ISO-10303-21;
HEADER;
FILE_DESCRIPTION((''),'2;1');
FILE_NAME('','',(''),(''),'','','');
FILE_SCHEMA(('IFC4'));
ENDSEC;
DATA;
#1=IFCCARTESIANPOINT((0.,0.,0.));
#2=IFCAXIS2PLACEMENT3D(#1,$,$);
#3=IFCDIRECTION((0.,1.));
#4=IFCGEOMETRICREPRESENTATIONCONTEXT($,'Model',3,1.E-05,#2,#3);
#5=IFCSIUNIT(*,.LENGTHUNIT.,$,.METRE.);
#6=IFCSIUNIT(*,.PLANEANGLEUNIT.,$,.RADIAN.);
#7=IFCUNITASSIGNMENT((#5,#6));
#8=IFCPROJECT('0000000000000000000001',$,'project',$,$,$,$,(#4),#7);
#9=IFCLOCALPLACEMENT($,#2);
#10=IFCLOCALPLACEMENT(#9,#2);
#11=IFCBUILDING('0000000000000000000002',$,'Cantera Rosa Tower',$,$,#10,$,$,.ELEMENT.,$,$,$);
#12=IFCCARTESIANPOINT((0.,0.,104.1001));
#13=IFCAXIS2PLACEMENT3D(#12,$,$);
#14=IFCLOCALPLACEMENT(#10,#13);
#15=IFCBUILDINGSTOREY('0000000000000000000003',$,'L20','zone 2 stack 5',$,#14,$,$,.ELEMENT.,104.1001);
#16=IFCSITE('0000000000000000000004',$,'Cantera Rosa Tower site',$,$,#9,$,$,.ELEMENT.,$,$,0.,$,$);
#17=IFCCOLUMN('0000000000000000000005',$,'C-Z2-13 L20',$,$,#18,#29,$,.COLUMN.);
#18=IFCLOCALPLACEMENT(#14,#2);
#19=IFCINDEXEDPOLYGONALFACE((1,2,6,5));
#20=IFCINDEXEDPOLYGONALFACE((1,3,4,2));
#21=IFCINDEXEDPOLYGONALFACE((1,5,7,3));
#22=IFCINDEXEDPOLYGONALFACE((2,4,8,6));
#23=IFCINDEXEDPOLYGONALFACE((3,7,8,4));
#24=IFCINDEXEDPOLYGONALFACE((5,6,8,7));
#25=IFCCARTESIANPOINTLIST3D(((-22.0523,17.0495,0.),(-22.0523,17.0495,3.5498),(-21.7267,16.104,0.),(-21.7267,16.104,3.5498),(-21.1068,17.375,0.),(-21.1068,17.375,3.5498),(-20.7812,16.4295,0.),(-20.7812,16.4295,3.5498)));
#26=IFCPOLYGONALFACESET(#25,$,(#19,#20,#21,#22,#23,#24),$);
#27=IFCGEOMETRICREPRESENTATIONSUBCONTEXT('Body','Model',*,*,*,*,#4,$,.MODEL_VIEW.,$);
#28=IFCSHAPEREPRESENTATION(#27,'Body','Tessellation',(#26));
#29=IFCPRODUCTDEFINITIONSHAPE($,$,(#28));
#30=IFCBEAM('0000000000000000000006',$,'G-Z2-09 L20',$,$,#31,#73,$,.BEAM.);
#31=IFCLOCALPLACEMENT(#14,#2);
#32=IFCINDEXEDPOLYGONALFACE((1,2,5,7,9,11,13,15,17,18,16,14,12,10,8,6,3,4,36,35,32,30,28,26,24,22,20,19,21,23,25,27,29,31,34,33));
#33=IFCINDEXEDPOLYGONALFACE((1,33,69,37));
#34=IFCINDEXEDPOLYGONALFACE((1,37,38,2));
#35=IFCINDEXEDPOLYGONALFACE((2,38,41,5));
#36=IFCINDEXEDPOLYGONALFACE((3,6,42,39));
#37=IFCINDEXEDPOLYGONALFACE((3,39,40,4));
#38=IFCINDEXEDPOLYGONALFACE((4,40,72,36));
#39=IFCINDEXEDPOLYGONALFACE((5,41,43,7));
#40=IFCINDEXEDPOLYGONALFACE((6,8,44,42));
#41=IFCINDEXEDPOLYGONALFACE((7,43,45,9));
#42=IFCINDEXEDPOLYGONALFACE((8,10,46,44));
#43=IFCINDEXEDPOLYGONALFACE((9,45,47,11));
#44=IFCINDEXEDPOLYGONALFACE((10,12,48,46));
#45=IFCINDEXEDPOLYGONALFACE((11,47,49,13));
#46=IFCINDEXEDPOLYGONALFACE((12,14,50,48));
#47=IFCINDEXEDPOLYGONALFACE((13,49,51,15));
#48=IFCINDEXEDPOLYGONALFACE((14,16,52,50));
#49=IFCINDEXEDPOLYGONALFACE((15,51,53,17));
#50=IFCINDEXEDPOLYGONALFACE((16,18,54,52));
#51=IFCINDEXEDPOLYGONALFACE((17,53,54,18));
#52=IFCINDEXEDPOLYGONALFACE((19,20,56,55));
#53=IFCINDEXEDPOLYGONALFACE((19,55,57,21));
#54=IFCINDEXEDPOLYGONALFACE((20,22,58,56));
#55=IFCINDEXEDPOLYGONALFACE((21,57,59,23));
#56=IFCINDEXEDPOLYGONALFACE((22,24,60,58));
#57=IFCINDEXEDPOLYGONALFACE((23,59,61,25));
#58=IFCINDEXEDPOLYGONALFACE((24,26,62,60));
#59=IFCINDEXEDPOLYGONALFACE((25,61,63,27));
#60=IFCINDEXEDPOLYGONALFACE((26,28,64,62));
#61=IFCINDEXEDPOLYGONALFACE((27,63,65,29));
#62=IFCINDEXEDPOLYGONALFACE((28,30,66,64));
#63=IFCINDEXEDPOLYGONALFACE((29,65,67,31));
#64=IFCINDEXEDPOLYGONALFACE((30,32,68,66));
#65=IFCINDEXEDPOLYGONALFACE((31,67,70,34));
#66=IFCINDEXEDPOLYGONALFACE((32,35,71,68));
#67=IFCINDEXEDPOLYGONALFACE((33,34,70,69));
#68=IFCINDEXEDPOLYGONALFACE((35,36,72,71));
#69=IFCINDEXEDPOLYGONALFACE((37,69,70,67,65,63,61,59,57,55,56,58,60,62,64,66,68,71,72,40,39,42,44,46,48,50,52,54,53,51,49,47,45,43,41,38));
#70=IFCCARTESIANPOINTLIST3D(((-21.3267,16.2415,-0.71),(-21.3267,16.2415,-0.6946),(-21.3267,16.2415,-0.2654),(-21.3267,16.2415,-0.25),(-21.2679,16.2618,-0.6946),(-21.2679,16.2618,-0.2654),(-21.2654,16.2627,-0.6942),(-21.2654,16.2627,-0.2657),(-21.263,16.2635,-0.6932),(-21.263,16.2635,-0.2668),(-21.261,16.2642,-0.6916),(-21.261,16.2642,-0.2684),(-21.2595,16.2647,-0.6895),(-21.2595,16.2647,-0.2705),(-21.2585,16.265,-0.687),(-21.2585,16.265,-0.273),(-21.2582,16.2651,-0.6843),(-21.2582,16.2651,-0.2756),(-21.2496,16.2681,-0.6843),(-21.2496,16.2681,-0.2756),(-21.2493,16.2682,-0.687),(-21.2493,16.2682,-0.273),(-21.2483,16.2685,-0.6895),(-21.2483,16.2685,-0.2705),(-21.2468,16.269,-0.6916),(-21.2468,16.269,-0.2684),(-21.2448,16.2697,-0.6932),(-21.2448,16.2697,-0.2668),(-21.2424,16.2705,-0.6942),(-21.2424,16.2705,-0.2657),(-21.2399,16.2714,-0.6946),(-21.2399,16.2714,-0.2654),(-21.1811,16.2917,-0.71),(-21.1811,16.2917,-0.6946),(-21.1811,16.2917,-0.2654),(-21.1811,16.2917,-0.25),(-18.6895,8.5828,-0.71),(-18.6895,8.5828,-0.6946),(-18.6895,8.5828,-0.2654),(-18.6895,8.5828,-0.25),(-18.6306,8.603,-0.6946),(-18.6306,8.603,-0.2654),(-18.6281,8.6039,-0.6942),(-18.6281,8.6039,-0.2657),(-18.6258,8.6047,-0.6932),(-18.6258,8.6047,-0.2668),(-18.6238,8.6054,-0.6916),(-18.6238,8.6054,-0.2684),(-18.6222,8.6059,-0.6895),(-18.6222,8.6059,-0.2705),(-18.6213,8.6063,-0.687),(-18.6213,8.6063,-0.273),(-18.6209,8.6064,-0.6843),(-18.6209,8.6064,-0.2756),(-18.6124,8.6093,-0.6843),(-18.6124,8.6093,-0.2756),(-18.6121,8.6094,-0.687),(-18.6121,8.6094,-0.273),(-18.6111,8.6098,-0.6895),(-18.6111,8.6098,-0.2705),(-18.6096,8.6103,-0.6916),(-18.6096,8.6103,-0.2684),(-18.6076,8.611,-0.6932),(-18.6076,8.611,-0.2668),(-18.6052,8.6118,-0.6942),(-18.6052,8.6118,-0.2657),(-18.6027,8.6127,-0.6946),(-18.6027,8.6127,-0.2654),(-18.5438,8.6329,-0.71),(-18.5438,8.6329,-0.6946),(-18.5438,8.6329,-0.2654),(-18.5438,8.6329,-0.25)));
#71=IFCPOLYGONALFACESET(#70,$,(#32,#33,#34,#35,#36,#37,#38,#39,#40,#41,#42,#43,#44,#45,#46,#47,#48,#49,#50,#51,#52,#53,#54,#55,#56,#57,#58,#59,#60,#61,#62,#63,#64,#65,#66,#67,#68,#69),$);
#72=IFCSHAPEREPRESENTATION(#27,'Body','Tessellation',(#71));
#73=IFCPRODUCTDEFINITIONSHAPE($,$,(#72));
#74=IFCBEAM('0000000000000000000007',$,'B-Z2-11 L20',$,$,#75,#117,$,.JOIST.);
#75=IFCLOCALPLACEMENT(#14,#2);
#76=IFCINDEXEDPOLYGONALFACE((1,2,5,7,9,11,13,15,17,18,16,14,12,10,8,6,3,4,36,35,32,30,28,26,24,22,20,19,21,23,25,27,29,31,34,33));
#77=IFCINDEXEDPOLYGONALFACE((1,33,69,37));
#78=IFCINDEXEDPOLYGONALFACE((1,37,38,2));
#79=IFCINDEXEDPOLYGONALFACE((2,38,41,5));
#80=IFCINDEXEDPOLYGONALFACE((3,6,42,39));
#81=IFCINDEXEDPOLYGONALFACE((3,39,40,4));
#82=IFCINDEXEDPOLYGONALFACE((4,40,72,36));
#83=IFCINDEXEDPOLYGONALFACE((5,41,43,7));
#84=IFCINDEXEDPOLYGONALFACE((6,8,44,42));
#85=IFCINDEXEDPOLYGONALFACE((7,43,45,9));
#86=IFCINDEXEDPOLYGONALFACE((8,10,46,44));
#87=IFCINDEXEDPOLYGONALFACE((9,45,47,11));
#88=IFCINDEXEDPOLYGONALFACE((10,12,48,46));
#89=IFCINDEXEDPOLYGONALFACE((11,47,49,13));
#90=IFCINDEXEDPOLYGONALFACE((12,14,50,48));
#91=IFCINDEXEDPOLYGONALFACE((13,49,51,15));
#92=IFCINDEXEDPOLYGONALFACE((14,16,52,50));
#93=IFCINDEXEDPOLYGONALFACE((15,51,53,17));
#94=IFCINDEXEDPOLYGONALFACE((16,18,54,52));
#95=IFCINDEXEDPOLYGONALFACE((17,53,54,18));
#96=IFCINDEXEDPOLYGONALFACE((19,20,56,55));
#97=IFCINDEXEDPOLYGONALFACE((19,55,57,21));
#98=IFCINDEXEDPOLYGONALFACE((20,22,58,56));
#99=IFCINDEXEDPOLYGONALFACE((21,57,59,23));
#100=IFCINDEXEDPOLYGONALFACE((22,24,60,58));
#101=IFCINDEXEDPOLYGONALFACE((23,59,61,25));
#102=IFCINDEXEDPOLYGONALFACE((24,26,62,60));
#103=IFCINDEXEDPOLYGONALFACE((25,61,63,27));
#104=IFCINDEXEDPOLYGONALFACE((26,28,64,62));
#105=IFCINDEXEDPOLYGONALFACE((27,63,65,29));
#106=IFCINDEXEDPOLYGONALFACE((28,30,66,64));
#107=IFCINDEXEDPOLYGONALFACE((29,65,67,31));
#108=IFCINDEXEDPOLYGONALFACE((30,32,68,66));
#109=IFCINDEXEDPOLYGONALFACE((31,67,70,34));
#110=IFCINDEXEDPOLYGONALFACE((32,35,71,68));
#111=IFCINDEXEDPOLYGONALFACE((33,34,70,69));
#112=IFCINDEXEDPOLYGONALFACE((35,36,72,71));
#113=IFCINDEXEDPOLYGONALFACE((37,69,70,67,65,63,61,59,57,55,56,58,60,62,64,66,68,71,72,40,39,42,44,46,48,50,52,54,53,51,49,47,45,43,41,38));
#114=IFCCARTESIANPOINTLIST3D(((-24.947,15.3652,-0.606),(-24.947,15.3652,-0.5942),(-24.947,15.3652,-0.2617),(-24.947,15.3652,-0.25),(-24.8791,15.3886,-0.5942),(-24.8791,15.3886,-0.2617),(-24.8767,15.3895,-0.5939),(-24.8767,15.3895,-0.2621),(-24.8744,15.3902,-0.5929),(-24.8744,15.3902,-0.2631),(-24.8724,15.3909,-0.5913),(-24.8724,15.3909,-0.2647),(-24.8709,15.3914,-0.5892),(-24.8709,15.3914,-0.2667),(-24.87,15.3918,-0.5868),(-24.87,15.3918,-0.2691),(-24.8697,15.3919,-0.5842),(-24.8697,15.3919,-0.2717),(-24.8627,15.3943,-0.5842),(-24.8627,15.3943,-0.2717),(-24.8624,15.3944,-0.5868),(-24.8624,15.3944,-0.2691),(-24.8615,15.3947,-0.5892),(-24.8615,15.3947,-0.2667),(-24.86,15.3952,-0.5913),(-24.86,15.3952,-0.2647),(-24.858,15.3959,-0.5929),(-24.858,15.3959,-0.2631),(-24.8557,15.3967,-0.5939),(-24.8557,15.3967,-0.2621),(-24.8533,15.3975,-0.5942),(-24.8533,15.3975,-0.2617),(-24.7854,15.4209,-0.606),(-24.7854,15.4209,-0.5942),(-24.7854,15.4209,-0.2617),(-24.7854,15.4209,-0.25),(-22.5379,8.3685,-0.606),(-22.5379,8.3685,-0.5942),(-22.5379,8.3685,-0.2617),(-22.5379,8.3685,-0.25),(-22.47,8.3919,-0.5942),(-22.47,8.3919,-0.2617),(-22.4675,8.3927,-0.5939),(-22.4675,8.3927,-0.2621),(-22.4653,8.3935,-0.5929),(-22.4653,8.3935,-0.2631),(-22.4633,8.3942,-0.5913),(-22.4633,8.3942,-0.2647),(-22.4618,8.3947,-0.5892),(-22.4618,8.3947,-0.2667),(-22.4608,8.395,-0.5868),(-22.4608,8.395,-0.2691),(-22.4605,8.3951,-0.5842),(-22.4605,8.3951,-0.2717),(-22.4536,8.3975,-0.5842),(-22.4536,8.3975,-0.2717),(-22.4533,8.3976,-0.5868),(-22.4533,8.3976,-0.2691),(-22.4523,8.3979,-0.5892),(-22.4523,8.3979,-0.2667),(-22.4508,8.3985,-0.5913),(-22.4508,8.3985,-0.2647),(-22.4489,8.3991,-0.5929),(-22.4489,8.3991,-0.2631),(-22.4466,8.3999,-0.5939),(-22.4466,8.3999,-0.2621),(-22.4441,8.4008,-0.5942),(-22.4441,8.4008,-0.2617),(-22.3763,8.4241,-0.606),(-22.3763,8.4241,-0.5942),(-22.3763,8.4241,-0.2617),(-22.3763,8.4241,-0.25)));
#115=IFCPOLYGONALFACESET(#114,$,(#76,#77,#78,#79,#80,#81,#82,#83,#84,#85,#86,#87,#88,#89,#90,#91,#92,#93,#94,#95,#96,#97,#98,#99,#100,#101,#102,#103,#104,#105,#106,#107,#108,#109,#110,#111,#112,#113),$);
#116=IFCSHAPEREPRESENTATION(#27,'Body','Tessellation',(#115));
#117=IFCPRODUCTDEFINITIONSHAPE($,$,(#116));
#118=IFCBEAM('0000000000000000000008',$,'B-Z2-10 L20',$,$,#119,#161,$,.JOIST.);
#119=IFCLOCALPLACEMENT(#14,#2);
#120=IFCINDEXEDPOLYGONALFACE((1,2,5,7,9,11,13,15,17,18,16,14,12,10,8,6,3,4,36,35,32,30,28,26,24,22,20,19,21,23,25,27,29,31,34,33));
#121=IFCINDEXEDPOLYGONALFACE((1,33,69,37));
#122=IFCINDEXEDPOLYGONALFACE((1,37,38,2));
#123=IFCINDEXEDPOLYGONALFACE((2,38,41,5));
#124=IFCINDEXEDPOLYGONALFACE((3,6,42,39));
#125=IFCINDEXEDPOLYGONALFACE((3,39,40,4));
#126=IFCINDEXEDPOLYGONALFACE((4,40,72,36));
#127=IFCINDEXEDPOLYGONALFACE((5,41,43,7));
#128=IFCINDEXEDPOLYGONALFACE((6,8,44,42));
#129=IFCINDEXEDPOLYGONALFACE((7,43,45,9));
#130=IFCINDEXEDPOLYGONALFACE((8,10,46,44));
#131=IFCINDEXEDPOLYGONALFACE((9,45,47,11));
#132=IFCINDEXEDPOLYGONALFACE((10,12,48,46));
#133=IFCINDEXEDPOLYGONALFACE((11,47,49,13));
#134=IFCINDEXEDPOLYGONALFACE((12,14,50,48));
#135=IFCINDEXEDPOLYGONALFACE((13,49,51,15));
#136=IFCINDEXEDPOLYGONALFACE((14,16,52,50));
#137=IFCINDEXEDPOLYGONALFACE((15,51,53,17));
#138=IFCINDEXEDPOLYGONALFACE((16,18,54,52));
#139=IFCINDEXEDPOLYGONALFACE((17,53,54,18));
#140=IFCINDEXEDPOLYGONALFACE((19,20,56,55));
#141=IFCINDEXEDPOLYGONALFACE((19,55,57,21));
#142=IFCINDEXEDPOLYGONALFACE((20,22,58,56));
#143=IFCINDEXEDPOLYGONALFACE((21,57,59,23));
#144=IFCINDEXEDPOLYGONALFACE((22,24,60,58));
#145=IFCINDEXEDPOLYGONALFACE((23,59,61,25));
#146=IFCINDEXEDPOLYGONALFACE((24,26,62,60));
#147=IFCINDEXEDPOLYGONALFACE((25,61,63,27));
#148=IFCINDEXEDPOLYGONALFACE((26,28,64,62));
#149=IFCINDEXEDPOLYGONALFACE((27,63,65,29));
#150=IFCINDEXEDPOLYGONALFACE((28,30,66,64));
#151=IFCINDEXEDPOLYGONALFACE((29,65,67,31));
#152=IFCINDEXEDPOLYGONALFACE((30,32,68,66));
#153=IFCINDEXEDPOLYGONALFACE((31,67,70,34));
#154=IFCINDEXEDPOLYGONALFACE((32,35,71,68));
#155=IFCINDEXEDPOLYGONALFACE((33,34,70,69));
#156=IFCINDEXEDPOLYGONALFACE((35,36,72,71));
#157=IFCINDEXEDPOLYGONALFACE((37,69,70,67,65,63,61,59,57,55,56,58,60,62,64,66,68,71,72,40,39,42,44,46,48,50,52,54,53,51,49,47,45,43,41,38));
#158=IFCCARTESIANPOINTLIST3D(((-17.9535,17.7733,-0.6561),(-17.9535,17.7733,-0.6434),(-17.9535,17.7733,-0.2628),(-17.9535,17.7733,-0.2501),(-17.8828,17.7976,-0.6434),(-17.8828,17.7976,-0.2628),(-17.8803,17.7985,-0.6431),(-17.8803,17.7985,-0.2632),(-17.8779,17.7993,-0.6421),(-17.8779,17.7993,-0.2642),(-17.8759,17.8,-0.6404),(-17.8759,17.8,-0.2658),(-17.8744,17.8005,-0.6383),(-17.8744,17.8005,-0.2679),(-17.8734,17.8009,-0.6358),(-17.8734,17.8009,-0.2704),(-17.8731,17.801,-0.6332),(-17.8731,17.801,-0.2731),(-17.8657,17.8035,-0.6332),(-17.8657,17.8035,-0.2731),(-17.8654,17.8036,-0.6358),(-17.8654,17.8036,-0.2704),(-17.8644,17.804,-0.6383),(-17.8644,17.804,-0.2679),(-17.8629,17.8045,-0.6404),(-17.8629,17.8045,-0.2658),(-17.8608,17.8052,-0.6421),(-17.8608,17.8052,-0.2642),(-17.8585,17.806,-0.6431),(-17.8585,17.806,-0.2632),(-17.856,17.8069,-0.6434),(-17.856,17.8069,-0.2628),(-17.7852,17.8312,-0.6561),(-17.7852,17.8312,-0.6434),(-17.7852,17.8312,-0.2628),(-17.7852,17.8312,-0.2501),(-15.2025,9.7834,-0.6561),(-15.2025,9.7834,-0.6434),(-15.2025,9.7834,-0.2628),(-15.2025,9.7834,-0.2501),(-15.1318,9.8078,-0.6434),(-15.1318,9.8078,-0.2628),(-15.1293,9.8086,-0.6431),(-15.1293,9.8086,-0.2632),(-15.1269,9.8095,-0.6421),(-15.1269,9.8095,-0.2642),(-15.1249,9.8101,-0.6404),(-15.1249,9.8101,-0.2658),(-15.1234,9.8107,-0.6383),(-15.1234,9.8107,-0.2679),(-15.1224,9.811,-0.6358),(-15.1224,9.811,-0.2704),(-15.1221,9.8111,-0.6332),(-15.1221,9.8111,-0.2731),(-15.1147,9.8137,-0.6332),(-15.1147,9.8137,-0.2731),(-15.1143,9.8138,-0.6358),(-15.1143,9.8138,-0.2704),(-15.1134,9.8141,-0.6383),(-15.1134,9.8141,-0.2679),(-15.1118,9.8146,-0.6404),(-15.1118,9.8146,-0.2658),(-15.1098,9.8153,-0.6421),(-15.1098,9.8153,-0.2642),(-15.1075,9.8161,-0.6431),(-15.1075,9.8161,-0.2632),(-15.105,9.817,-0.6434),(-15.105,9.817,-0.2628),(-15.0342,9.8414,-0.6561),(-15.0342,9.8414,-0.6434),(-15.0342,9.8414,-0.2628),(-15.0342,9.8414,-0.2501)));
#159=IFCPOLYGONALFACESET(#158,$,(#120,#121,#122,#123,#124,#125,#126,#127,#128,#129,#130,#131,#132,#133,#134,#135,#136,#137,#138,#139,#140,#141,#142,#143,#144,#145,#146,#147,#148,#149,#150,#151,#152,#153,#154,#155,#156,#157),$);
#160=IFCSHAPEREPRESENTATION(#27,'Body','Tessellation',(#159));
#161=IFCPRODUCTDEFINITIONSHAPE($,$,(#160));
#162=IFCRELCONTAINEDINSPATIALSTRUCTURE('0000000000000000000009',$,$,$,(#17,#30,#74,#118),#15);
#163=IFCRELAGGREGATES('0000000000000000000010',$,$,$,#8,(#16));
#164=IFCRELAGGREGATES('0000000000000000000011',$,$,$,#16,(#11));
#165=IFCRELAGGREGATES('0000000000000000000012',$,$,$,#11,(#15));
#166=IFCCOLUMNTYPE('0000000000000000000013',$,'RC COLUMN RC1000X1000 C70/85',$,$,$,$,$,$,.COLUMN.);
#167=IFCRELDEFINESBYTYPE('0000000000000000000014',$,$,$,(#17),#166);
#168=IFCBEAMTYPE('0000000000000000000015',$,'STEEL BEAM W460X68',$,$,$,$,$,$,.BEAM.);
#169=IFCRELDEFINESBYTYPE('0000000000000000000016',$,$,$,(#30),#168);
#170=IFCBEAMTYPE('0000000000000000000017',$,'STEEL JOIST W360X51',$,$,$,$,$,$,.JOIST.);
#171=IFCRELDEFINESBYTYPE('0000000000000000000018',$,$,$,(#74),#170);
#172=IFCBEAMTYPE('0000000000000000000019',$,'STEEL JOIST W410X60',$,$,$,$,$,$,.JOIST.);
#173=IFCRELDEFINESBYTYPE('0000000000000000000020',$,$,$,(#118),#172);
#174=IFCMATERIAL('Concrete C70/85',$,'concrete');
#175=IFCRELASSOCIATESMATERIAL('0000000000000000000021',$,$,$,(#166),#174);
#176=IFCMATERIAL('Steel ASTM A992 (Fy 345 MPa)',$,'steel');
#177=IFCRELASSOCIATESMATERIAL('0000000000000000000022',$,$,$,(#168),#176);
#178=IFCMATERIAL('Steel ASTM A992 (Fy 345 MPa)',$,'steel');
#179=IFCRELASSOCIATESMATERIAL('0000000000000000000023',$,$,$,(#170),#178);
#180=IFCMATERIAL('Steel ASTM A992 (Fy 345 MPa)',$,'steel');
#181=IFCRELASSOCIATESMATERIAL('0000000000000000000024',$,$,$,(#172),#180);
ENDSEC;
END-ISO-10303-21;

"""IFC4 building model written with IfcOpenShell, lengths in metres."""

from ifc_helpers import new_model, si_unit, direction, frame, origin, origin_2d, place, context, subcontext, project, spatial, rectangle, i_section, extrude, material, material_profile, profile_set, type_object, element, save


model = new_model("IFC4")

# Units and contexts
model_context = context("Model", 3, precision=1e-05, world=origin(), true_north=direction((0.0, 1.0)))
body_context = subcontext(model_context, "Body", "Model", "MODEL_VIEW")
ifc_project = project(units=[si_unit("LENGTHUNIT", "METRE"), si_unit("PLANEANGLEUNIT", "RADIAN")], contexts=[model_context])

# Site, building, storey
site_placement = place(None, origin())
site = spatial("IfcSite", under=ifc_project, at=site_placement, Name="Cantera Rosa Tower site", CompositionType="ELEMENT", RefElevation=0.0)
building_placement = place(site_placement, origin())
building = spatial("IfcBuilding", under=site, at=building_placement, Name="Cantera Rosa Tower", CompositionType="ELEMENT")
storey_placement = place(building_placement, frame((0.0, 0.0, 104.1001)))
storey = spatial("IfcBuildingStorey", under=building, at=storey_placement, Name="L20", Description="zone 2 stack 5", CompositionType="ELEMENT", Elevation=104.1001)

# Column
ifc_material_1 = material(Name="Concrete C70/85", Category="concrete")
ifc_material_profile_1 = material_profile(ifc_material_1, rectangle(XDim=1.0, YDim=1.0, at=origin_2d()), Name="RC COLUMN RC1000X1000 C70/85")
ifc_profile_set_1 = profile_set([ifc_material_profile_1], Name="Concrete C70/85")
column_type = type_object("IfcColumnType", Name="RC COLUMN RC1000X1000 C70/85", PredefinedType="COLUMN", material=ifc_profile_set_1)
column_placement = place(storey_placement, frame((-21.4167, 16.7395, 0.0), z_axis=(0.0, 0.0, 1.0), x_axis=(0.945519, 0.325568, 0.0)))
element("IfcColumn", 1, at=column_placement, inside=storey, type_object=column_type, Name="C-Z2-13 L20", PredefinedType="COLUMN", context=body_context, shape_type="SweptSolid", body=[
    extrude(rectangle(XDim=1.0, YDim=1.0, at=origin_2d()), origin(), (0.0, 0.0, 1.0), 3.5498),
])

# Beams
ifc_material_2 = material(Name="Steel ASTM A992 (Fy 345 MPa)", Category="steel")
ifc_material_profile_2 = material_profile(ifc_material_2, i_section(OverallWidth=0.1541, OverallDepth=0.46, WebThickness=0.009, FlangeThickness=0.0154, FilletRadius=0.0103, at=origin_2d()), Name="W460X68")
ifc_profile_set_2 = profile_set([ifc_material_profile_2], Name="Steel ASTM A992 (Fy 345 MPa)")
beam_type_1 = type_object("IfcBeamType", Name="STEEL BEAM W460X68", PredefinedType="BEAM", material=ifc_profile_set_2)
beam_1_placement = place(storey_placement, frame((-21.2539, 16.2666, -0.48), z_axis=(0.32558, -0.945514, 0.0), x_axis=(0.945514, 0.32558, 0.0)))
element("IfcBeam", 2, at=beam_1_placement, inside=storey, type_object=beam_type_1, Name="G-Z2-09 L20", PredefinedType="BEAM", context=body_context, shape_type="SweptSolid", body=[
    extrude(i_section(OverallWidth=0.1541, OverallDepth=0.46, WebThickness=0.009, FlangeThickness=0.0154, FilletRadius=0.0103, at=origin_2d()), origin(), (0.0, 0.0, 1.0), 8.1001),
])
ifc_material_3 = material(Name="Steel ASTM A992 (Fy 345 MPa)", Category="steel")
ifc_material_profile_3 = material_profile(ifc_material_3, i_section(OverallWidth=0.1709, OverallDepth=0.356, WebThickness=0.0073, FlangeThickness=0.0117, FilletRadius=0.01, at=origin_2d()), Name="W360X51")
ifc_profile_set_3 = profile_set([ifc_material_profile_3], Name="Steel ASTM A992 (Fy 345 MPa)")
beam_type_2 = type_object("IfcBeamType", Name="STEEL JOIST W360X51", PredefinedType="JOIST", material=ifc_profile_set_3)
beam_2_placement = place(storey_placement, frame((-24.8662, 15.3931, -0.428), z_axis=(0.325566, -0.945519, 0.0), x_axis=(0.945519, 0.325566, 0.0)))
element("IfcBeam", 3, at=beam_2_placement, inside=storey, type_object=beam_type_2, Name="B-Z2-11 L20", PredefinedType="JOIST", context=body_context, shape_type="SweptSolid", body=[
    extrude(i_section(OverallWidth=0.1709, OverallDepth=0.356, WebThickness=0.0073, FlangeThickness=0.0117, FilletRadius=0.01, at=origin_2d()), origin(), (0.0, 0.0, 1.0), 7.3999),
])
ifc_material_4 = material(Name="Steel ASTM A992 (Fy 345 MPa)", Category="steel")
ifc_material_profile_4 = material_profile(ifc_material_4, i_section(OverallWidth=0.178, OverallDepth=0.406, WebThickness=0.0078, FlangeThickness=0.0127, FilletRadius=0.0103, at=origin_2d()), Name="W410X60")
ifc_profile_set_4 = profile_set([ifc_material_profile_4], Name="Steel ASTM A992 (Fy 345 MPa)")
beam_type_3 = type_object("IfcBeamType", Name="STEEL JOIST W410X60", PredefinedType="JOIST", material=ifc_profile_set_4)
beam_3_placement = place(storey_placement, frame((-17.8694, 17.8022, -0.4531), z_axis=(0.325556, -0.945523, 0.0), x_axis=(0.945523, 0.325556, 0.0)))
element("IfcBeam", 4, at=beam_3_placement, inside=storey, type_object=beam_type_3, Name="B-Z2-10 L20", PredefinedType="JOIST", context=body_context, shape_type="SweptSolid", body=[
    extrude(i_section(OverallWidth=0.178, OverallDepth=0.406, WebThickness=0.0078, FlangeThickness=0.0127, FilletRadius=0.0103, at=origin_2d()), origin(), (0.0, 0.0, 1.0), 8.4502),
])

save(model, "model.ifc")
